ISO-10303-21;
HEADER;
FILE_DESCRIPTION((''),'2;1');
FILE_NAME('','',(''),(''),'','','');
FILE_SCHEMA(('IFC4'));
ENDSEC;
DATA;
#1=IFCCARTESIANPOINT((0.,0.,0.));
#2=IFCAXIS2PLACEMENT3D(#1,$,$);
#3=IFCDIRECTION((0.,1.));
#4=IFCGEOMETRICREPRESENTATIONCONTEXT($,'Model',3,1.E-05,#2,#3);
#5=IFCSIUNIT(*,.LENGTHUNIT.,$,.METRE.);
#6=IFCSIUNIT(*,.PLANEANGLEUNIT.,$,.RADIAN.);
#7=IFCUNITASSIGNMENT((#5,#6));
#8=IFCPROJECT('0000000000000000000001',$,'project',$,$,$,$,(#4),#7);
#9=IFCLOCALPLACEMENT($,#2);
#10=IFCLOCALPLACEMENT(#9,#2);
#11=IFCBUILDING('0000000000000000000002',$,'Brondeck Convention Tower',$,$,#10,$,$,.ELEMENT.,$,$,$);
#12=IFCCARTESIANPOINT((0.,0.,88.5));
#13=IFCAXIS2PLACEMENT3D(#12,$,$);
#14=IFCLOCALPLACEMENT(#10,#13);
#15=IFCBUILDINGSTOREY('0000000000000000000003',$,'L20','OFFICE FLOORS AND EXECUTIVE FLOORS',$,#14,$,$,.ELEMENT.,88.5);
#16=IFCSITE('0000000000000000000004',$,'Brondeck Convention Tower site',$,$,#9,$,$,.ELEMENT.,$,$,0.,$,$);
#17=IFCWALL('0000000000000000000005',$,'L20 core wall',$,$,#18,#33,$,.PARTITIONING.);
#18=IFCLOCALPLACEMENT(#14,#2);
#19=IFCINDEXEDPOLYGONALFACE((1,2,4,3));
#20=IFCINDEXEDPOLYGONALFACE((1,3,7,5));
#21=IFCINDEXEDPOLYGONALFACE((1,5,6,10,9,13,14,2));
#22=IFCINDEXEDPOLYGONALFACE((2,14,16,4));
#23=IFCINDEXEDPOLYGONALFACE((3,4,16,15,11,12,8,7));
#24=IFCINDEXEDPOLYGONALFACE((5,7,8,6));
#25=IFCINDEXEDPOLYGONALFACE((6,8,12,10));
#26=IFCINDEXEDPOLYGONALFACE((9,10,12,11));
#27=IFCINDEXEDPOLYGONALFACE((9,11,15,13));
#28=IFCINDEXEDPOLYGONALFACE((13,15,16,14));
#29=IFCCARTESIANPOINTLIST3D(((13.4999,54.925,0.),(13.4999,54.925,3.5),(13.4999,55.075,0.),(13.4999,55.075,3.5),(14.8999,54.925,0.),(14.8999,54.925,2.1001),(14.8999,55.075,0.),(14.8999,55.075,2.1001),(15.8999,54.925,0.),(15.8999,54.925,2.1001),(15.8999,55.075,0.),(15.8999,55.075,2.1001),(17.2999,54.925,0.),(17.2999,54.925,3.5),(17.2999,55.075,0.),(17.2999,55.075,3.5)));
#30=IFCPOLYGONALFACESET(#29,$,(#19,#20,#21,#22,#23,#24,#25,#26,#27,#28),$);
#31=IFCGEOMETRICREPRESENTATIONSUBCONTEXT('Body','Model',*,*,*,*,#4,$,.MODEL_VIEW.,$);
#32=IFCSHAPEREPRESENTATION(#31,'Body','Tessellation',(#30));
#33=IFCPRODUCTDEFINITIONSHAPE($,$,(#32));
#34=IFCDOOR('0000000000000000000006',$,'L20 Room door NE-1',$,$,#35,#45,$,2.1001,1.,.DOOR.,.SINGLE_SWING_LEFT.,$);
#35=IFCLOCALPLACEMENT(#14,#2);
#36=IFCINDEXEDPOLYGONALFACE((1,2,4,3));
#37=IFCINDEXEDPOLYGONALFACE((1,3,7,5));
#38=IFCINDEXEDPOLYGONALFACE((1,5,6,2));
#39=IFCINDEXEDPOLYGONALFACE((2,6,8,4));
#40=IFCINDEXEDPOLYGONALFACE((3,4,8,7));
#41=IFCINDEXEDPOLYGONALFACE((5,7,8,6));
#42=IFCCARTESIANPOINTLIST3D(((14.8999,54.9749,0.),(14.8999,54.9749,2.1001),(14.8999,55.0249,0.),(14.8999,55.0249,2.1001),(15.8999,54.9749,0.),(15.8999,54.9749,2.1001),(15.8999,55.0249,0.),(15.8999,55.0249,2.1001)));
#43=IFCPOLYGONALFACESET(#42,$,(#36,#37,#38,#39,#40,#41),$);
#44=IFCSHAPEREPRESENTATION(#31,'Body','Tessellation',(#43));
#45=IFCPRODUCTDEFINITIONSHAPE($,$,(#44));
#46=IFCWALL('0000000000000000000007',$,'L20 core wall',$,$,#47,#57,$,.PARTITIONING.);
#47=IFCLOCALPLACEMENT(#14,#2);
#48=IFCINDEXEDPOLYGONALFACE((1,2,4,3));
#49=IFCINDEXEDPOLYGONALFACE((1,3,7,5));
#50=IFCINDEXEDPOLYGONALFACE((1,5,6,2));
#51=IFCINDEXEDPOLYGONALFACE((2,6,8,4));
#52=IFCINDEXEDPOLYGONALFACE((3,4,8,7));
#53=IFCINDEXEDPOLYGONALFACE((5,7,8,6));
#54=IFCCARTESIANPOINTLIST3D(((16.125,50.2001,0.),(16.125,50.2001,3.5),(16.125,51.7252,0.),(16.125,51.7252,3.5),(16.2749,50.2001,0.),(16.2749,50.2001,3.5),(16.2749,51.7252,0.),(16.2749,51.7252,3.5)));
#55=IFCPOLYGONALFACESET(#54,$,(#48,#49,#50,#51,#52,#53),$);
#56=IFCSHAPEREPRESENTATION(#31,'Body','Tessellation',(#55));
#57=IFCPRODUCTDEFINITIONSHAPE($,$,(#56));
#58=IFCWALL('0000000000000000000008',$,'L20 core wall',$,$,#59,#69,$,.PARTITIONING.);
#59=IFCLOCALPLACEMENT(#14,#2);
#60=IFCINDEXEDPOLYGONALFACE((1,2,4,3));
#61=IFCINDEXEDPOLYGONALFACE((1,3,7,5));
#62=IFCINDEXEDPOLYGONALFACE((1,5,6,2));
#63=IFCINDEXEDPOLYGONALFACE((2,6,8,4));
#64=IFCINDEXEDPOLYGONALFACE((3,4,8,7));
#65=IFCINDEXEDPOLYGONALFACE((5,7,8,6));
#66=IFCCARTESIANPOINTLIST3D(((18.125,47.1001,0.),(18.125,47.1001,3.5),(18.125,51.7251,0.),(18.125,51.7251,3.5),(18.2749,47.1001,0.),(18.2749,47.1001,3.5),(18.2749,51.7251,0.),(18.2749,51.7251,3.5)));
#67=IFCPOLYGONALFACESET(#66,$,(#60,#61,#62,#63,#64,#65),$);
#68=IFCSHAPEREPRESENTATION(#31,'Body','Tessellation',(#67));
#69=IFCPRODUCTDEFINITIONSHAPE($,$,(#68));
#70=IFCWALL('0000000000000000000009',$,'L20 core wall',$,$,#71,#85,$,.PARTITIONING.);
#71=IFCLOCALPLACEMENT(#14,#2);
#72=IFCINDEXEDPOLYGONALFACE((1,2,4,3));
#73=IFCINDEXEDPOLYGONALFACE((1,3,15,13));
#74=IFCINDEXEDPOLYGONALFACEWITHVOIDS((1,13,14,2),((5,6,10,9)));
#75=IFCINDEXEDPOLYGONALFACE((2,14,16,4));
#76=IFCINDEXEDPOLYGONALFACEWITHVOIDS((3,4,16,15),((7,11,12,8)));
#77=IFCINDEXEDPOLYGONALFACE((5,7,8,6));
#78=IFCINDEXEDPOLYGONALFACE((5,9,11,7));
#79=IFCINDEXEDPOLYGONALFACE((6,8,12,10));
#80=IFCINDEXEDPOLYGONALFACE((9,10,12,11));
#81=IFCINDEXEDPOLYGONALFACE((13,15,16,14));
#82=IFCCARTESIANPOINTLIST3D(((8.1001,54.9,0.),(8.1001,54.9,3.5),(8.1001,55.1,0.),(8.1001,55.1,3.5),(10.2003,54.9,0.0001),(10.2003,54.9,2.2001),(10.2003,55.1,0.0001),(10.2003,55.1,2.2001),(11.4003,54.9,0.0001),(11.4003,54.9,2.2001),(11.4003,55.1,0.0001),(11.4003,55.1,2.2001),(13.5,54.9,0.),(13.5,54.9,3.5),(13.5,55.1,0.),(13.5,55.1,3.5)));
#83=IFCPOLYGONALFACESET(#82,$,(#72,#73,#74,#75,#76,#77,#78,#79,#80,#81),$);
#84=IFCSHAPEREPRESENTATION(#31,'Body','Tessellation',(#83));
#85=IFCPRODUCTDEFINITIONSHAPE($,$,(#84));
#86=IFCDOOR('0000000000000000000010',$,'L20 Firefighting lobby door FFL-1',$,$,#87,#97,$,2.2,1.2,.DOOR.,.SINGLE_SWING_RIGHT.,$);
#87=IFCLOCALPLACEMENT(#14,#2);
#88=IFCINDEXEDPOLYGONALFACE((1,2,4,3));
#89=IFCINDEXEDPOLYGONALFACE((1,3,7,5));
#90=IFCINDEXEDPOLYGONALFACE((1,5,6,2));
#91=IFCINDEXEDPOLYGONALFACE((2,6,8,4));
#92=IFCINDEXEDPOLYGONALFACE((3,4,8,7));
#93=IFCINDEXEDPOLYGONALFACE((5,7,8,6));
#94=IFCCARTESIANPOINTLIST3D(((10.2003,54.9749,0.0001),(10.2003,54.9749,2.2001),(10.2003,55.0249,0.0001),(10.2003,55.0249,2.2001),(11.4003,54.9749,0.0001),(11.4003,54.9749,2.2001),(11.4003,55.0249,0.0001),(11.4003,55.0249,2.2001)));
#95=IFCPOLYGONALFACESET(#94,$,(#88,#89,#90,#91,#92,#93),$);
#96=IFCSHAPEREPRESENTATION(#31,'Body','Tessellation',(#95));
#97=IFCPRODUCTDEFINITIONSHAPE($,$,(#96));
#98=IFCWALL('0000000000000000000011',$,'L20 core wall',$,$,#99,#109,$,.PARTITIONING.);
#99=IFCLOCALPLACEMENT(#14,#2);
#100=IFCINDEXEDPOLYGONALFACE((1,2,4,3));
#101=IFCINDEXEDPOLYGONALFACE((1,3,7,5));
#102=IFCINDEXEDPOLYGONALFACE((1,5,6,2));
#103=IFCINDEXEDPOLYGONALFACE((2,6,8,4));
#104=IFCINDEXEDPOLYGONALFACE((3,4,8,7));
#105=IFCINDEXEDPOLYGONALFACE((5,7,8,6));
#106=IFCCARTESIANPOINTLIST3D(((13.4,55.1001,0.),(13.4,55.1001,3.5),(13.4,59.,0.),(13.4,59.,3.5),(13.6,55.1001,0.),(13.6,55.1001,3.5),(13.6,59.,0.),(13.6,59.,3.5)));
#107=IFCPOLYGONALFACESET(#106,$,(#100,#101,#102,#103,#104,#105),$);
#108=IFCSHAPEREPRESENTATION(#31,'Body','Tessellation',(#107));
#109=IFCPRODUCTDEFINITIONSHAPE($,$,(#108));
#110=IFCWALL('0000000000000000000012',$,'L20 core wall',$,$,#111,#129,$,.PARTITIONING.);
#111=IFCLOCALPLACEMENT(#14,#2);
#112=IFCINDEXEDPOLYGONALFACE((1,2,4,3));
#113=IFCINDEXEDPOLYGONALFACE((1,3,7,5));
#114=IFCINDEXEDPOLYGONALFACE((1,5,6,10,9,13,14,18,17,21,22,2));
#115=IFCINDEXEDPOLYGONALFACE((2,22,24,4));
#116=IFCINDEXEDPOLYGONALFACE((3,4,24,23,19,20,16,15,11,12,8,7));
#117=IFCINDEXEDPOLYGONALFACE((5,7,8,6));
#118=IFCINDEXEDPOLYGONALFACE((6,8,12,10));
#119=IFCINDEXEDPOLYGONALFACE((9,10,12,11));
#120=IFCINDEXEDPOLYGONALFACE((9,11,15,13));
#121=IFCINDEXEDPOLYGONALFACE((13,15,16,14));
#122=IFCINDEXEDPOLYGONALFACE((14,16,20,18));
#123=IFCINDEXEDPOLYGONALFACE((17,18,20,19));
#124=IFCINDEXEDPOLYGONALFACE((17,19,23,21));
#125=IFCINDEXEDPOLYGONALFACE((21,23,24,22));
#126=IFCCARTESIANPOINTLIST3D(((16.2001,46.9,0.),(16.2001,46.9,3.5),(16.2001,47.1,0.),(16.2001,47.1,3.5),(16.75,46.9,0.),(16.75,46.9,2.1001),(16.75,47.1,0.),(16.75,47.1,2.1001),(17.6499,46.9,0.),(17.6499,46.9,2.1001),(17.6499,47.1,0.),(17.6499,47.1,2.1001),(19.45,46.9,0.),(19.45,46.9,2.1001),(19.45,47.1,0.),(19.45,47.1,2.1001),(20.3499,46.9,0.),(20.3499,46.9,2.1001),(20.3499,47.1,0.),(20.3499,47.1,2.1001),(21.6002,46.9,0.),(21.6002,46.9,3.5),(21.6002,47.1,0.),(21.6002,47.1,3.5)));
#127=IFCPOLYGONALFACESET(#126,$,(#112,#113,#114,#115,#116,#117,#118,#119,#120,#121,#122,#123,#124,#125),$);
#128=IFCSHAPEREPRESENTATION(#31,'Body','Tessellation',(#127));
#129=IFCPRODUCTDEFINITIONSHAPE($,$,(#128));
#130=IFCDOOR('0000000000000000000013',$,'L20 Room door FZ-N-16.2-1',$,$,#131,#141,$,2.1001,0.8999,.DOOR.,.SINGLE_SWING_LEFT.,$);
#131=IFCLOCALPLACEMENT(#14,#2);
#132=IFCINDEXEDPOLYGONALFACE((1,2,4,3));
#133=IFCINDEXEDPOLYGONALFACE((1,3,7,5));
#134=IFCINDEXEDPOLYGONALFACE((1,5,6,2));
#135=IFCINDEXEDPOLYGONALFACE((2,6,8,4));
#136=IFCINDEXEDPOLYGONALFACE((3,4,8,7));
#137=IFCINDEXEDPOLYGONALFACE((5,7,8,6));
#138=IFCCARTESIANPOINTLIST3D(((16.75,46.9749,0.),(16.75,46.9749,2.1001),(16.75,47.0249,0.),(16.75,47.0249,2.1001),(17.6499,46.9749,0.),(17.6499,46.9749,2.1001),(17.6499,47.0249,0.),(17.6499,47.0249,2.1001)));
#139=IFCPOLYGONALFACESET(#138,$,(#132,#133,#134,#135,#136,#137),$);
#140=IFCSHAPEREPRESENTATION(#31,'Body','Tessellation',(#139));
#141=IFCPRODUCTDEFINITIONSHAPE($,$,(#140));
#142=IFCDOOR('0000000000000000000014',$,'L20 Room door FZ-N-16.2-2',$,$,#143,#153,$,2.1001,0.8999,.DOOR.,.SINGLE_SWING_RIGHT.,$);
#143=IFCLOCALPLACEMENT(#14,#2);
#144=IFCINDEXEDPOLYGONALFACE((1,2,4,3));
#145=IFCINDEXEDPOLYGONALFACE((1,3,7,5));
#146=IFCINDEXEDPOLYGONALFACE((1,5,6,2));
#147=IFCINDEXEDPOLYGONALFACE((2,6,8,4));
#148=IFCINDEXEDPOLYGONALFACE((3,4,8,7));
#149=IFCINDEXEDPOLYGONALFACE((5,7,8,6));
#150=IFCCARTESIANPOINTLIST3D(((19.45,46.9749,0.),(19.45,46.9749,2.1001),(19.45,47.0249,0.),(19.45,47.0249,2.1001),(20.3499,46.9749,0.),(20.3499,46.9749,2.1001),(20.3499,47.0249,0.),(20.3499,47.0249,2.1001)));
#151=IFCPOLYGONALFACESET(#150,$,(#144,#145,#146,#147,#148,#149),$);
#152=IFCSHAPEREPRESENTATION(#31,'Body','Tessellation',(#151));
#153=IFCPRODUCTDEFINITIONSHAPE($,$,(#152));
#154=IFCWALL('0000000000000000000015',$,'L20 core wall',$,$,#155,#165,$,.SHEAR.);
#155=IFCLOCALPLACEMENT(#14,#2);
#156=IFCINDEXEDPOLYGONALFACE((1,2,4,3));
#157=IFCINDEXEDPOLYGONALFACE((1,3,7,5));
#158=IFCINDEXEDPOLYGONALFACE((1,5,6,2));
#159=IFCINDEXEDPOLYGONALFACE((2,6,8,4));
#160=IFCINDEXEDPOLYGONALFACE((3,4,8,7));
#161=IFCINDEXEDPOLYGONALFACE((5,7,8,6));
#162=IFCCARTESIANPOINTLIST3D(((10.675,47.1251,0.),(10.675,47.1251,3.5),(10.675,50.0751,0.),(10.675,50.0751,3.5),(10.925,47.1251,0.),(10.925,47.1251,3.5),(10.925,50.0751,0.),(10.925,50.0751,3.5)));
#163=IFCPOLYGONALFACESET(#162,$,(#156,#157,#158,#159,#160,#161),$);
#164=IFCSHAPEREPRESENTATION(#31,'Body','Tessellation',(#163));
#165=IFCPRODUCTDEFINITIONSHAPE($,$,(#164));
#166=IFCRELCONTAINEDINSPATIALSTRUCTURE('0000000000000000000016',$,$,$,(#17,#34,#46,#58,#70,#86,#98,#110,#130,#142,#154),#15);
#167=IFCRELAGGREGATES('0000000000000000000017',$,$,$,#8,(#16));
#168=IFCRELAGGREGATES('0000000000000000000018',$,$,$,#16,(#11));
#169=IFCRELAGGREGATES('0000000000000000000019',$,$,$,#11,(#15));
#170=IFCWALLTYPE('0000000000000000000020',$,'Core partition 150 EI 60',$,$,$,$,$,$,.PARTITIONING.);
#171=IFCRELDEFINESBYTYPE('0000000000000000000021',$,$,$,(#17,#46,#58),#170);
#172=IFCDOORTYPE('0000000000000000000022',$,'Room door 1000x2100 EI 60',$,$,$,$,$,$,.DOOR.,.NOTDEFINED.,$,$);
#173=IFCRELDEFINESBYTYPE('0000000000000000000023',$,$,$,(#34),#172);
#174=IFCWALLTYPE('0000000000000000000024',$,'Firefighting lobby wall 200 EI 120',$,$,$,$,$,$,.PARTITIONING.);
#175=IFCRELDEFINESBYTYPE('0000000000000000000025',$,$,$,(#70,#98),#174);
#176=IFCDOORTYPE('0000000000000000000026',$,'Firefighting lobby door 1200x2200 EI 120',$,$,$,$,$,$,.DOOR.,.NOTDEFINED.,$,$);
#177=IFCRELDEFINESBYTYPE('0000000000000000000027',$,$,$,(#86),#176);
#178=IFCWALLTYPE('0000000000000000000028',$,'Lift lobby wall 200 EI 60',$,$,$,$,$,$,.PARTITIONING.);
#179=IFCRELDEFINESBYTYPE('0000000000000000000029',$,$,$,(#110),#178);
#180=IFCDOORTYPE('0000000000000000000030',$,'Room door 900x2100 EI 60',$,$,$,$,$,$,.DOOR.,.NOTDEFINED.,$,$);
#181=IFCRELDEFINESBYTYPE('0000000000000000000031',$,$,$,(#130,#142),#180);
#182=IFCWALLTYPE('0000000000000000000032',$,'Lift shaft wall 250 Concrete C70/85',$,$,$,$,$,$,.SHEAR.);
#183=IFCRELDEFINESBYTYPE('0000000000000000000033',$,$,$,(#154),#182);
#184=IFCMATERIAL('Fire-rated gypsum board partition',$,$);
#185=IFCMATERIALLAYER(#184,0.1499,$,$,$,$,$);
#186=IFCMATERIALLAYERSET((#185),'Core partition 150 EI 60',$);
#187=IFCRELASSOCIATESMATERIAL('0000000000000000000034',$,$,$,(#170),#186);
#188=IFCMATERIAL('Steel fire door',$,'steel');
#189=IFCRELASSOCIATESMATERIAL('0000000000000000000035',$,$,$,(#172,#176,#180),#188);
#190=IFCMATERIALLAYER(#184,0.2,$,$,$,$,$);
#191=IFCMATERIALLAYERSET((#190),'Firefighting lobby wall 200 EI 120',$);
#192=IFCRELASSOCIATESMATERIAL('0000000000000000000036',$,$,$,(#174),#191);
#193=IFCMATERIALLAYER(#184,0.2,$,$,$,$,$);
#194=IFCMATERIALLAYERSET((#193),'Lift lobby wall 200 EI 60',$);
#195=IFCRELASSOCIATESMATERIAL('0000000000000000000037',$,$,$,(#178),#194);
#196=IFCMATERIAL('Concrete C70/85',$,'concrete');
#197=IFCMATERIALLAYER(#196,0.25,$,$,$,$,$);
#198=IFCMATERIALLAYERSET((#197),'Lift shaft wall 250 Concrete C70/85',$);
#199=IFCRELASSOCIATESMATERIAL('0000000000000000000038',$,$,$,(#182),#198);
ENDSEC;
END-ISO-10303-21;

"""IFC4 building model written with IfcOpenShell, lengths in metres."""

from ifc_helpers import new_model, si_unit, direction, frame, frame_2d, origin, place, context, subcontext, project, spatial, rectangle, extrude, material, layer, layer_set, type_object, element, fill, save


model = new_model("IFC4")

# Units and contexts
model_context = context("Model", 3, precision=1e-05, world=origin(), true_north=direction((0.0, 1.0)))
body_context = subcontext(model_context, "Body", "Model", "MODEL_VIEW")
ifc_project = project(units=[si_unit("LENGTHUNIT", "METRE"), si_unit("PLANEANGLEUNIT", "RADIAN")], contexts=[model_context])

# Site, building, storey
site_placement = place(None, origin())
site = spatial("IfcSite", under=ifc_project, at=site_placement, Name="Brondeck Convention Tower site", CompositionType="ELEMENT", RefElevation=0.0)
building_placement = place(site_placement, origin())
building = spatial("IfcBuilding", under=site, at=building_placement, Name="Brondeck Convention Tower", CompositionType="ELEMENT")
storey_placement = place(building_placement, frame((0.0, 0.0, 88.5)))
storey = spatial("IfcBuildingStorey", under=building, at=storey_placement, Name="L20", Description="OFFICE FLOORS AND EXECUTIVE FLOORS", CompositionType="ELEMENT", Elevation=88.5)

# Wall, opening, door
ifc_material_1 = material(Name="Fire-rated gypsum board partition")
ifc_layer_1 = layer(ifc_material_1, 0.1499)
ifc_layer_set_1 = layer_set([ifc_layer_1], Name="Core partition 150 EI 60")
wall_type_1 = type_object("IfcWallType", Name="Core partition 150 EI 60", PredefinedType="PARTITIONING", material=ifc_layer_set_1)
wall_1_placement = place(storey_placement, frame((13.5, 55.0, 0.0), z_axis=(0.0, 0.0, 1.0), x_axis=(1.0, 0.0, 0.0)))
wall_1 = element("IfcWall", 1, at=wall_1_placement, inside=storey, type_object=wall_type_1, Name="L20 core wall", PredefinedType="PARTITIONING", context=body_context, shape_type="SweptSolid", body=[
    extrude(rectangle(XDim=3.8, YDim=0.1499, at=frame_2d((1.8999, 0.0))), origin(), (0.0, 0.0, 1.0), 3.5),
])
opening_1_placement = place(wall_1_placement, frame((1.3999, 0.0, 0.0)))
opening_1 = element("IfcOpeningElement", 2, at=opening_1_placement, cuts=wall_1, PredefinedType="OPENING", context=body_context, shape_type="SweptSolid", body=[
    extrude(rectangle(XDim=1.0, YDim=2.1001, at=frame_2d((0.5, 1.05))), frame((0.0, 0.085, 0.0), z_axis=(0.0, -1.0, 0.0), x_axis=(1.0, 0.0, 0.0)), (0.0, 0.0, 1.0), 0.1699),
])
ifc_material_2 = material(Name="Steel fire door", Category="steel")
door_type_1 = type_object("IfcDoorType", Name="Room door 1000x2100 EI 60", OperationType="NOTDEFINED", PredefinedType="DOOR", material=ifc_material_2)
door_1_placement = place(opening_1_placement, origin())
door_1 = element("IfcDoor", 3, at=door_1_placement, inside=storey, type_object=door_type_1, Name="L20 Room door NE-1", OperationType="SINGLE_SWING_LEFT", OverallHeight=2.1001, OverallWidth=1.0, PredefinedType="DOOR", context=body_context, shape_type="SweptSolid", body=[
    extrude(rectangle(XDim=1.0, YDim=2.1001, at=frame_2d((0.5, 1.05))), frame((0.0, 0.0249, 0.0), z_axis=(0.0, -1.0, 0.0), x_axis=(1.0, 0.0, 0.0)), (0.0, 0.0, 1.0), 0.05),
])
fill(opening_1, door_1)

# Walls
wall_2_placement = place(storey_placement, frame((16.2, 50.2, 0.0), z_axis=(0.0, 0.0, 1.0), x_axis=(0.0, 1.0, 0.0)))
element("IfcWall", 4, at=wall_2_placement, inside=storey, type_object=wall_type_1, Name="L20 core wall", PredefinedType="PARTITIONING", context=body_context, shape_type="SweptSolid", body=[
    extrude(rectangle(XDim=1.5251, YDim=0.1499, at=frame_2d((0.7627, 0.0))), origin(), (0.0, 0.0, 1.0), 3.5),
])
wall_3_placement = place(storey_placement, frame((18.2, 47.1001, 0.0), z_axis=(0.0, 0.0, 1.0), x_axis=(0.0, 1.0, 0.0)))
element("IfcWall", 5, at=wall_3_placement, inside=storey, type_object=wall_type_1, Name="L20 core wall", PredefinedType="PARTITIONING", context=body_context, shape_type="SweptSolid", body=[
    extrude(rectangle(XDim=4.625, YDim=0.1499, at=frame_2d((2.3125, 0.0))), origin(), (0.0, 0.0, 1.0), 3.5),
])

# Wall, opening, door
ifc_layer_2 = layer(ifc_material_1, 0.2)
ifc_layer_set_2 = layer_set([ifc_layer_2], Name="Firefighting lobby wall 200 EI 120")
wall_type_2 = type_object("IfcWallType", Name="Firefighting lobby wall 200 EI 120", PredefinedType="PARTITIONING", material=ifc_layer_set_2)
wall_4_placement = place(storey_placement, frame((8.1001, 55.0, 0.0), z_axis=(0.0, 0.0, 1.0), x_axis=(1.0, 0.0, 0.0)))
wall_4 = element("IfcWall", 6, at=wall_4_placement, inside=storey, type_object=wall_type_2, Name="L20 core wall", PredefinedType="PARTITIONING", context=body_context, shape_type="SweptSolid", body=[
    extrude(rectangle(XDim=5.3999, YDim=0.2, at=frame_2d((2.7, 0.0))), origin(), (0.0, 0.0, 1.0), 3.5),
])
opening_2_placement = place(wall_4_placement, frame((2.1001, 0.0, 0.0)))
opening_2 = element("IfcOpeningElement", 7, at=opening_2_placement, cuts=wall_4, PredefinedType="OPENING", context=body_context, shape_type="SweptSolid", body=[
    extrude(rectangle(XDim=1.2, YDim=2.2, at=frame_2d((0.6001, 1.1001))), frame((0.0, 0.1099, 0.0), z_axis=(0.0, -1.0, 0.0), x_axis=(1.0, 0.0, 0.0)), (0.0, 0.0, 1.0), 0.22),
])
door_type_2 = type_object("IfcDoorType", Name="Firefighting lobby door 1200x2200 EI 120", OperationType="NOTDEFINED", PredefinedType="DOOR", material=ifc_material_2)
door_2_placement = place(opening_2_placement, origin())
door_2 = element("IfcDoor", 8, at=door_2_placement, inside=storey, type_object=door_type_2, Name="L20 Firefighting lobby door FFL-1", OperationType="SINGLE_SWING_RIGHT", OverallHeight=2.2, OverallWidth=1.2, PredefinedType="DOOR", context=body_context, shape_type="SweptSolid", body=[
    extrude(rectangle(XDim=1.2, YDim=2.2, at=frame_2d((0.6001, 1.1001))), frame((0.0, 0.0249, 0.0), z_axis=(0.0, -1.0, 0.0), x_axis=(1.0, 0.0, 0.0)), (0.0, 0.0, 1.0), 0.05),
])
fill(opening_2, door_2)

# Wall
wall_5_placement = place(storey_placement, frame((13.5, 55.1001, 0.0), z_axis=(0.0, 0.0, 1.0), x_axis=(0.0, 1.0, 0.0)))
element("IfcWall", 9, at=wall_5_placement, inside=storey, type_object=wall_type_2, Name="L20 core wall", PredefinedType="PARTITIONING", context=body_context, shape_type="SweptSolid", body=[
    extrude(rectangle(XDim=3.8999, YDim=0.2, at=frame_2d((1.95, 0.0))), origin(), (0.0, 0.0, 1.0), 3.5),
])

# Wall, openings, doors
ifc_layer_3 = layer(ifc_material_1, 0.2)
ifc_layer_set_3 = layer_set([ifc_layer_3], Name="Lift lobby wall 200 EI 60")
wall_type_3 = type_object("IfcWallType", Name="Lift lobby wall 200 EI 60", PredefinedType="PARTITIONING", material=ifc_layer_set_3)
wall_6_placement = place(storey_placement, frame((16.2, 47.0, 0.0), z_axis=(0.0, 0.0, 1.0), x_axis=(1.0, 0.0, 0.0)))
wall_6 = element("IfcWall", 10, at=wall_6_placement, inside=storey, type_object=wall_type_3, Name="L20 core wall", PredefinedType="PARTITIONING", context=body_context, shape_type="SweptSolid", body=[
    extrude(rectangle(XDim=5.4001, YDim=0.2, at=frame_2d((2.7002, 0.0))), origin(), (0.0, 0.0, 1.0), 3.5),
])
opening_3_placement = place(wall_6_placement, frame((0.55, 0.0, 0.0)))
opening_3 = element("IfcOpeningElement", 11, at=opening_3_placement, cuts=wall_6, PredefinedType="OPENING", context=body_context, shape_type="SweptSolid", body=[
    extrude(rectangle(XDim=0.8999, YDim=2.1001, at=frame_2d((0.45, 1.05))), frame((0.0, 0.1099, 0.0), z_axis=(0.0, -1.0, 0.0), x_axis=(1.0, 0.0, 0.0)), (0.0, 0.0, 1.0), 0.22),
])
opening_4_placement = place(wall_6_placement, frame((3.25, 0.0, 0.0)))
opening_4 = element("IfcOpeningElement", 12, at=opening_4_placement, cuts=wall_6, PredefinedType="OPENING", context=body_context, shape_type="SweptSolid", body=[
    extrude(rectangle(XDim=0.8999, YDim=2.1001, at=frame_2d((0.45, 1.05))), frame((0.0, 0.1099, 0.0), z_axis=(0.0, -1.0, 0.0), x_axis=(1.0, 0.0, 0.0)), (0.0, 0.0, 1.0), 0.22),
])
door_type_3 = type_object("IfcDoorType", Name="Room door 900x2100 EI 60", OperationType="NOTDEFINED", PredefinedType="DOOR", material=ifc_material_2)
door_3_placement = place(opening_3_placement, origin())
door_3 = element("IfcDoor", 13, at=door_3_placement, inside=storey, type_object=door_type_3, Name="L20 Room door FZ-N-16.2-1", OperationType="SINGLE_SWING_LEFT", OverallHeight=2.1001, OverallWidth=0.8999, PredefinedType="DOOR", context=body_context, shape_type="SweptSolid", body=[
    extrude(rectangle(XDim=0.8999, YDim=2.1001, at=frame_2d((0.45, 1.05))), frame((0.0, 0.0249, 0.0), z_axis=(0.0, -1.0, 0.0), x_axis=(1.0, 0.0, 0.0)), (0.0, 0.0, 1.0), 0.05),
])
fill(opening_3, door_3)
door_4_placement = place(opening_4_placement, origin())
door_4 = element("IfcDoor", 14, at=door_4_placement, inside=storey, type_object=door_type_3, Name="L20 Room door FZ-N-16.2-2", OperationType="SINGLE_SWING_RIGHT", OverallHeight=2.1001, OverallWidth=0.8999, PredefinedType="DOOR", context=body_context, shape_type="SweptSolid", body=[
    extrude(rectangle(XDim=0.8999, YDim=2.1001, at=frame_2d((0.45, 1.05))), frame((0.0, 0.0249, 0.0), z_axis=(0.0, -1.0, 0.0), x_axis=(1.0, 0.0, 0.0)), (0.0, 0.0, 1.0), 0.05),
])
fill(opening_4, door_4)

# Wall
ifc_material_3 = material(Name="Concrete C70/85", Category="concrete")
ifc_layer_4 = layer(ifc_material_3, 0.25)
ifc_layer_set_4 = layer_set([ifc_layer_4], Name="Lift shaft wall 250 Concrete C70/85")
wall_type_4 = type_object("IfcWallType", Name="Lift shaft wall 250 Concrete C70/85", PredefinedType="SHEAR", material=ifc_layer_set_4)
for number, where, z_axis, x_axis, name in (
    (15, (10.8, 47.125, 0.0), (0.0, 0.0, 1.0), (0.0, 1.0, 0.0), "L20 core wall"),
):
    element("IfcWall", number, at=place(storey_placement, frame(where, z_axis=z_axis, x_axis=x_axis)), inside=storey, type_object=wall_type_4, Name=name, PredefinedType="SHEAR", context=body_context, shape_type="SweptSolid", body=[
        extrude(rectangle(XDim=2.95, YDim=0.25, at=frame_2d((1.4751, 0.0))), origin(), (0.0, 0.0, 1.0), 3.5),
    ])

save(model, "model.ifc")
